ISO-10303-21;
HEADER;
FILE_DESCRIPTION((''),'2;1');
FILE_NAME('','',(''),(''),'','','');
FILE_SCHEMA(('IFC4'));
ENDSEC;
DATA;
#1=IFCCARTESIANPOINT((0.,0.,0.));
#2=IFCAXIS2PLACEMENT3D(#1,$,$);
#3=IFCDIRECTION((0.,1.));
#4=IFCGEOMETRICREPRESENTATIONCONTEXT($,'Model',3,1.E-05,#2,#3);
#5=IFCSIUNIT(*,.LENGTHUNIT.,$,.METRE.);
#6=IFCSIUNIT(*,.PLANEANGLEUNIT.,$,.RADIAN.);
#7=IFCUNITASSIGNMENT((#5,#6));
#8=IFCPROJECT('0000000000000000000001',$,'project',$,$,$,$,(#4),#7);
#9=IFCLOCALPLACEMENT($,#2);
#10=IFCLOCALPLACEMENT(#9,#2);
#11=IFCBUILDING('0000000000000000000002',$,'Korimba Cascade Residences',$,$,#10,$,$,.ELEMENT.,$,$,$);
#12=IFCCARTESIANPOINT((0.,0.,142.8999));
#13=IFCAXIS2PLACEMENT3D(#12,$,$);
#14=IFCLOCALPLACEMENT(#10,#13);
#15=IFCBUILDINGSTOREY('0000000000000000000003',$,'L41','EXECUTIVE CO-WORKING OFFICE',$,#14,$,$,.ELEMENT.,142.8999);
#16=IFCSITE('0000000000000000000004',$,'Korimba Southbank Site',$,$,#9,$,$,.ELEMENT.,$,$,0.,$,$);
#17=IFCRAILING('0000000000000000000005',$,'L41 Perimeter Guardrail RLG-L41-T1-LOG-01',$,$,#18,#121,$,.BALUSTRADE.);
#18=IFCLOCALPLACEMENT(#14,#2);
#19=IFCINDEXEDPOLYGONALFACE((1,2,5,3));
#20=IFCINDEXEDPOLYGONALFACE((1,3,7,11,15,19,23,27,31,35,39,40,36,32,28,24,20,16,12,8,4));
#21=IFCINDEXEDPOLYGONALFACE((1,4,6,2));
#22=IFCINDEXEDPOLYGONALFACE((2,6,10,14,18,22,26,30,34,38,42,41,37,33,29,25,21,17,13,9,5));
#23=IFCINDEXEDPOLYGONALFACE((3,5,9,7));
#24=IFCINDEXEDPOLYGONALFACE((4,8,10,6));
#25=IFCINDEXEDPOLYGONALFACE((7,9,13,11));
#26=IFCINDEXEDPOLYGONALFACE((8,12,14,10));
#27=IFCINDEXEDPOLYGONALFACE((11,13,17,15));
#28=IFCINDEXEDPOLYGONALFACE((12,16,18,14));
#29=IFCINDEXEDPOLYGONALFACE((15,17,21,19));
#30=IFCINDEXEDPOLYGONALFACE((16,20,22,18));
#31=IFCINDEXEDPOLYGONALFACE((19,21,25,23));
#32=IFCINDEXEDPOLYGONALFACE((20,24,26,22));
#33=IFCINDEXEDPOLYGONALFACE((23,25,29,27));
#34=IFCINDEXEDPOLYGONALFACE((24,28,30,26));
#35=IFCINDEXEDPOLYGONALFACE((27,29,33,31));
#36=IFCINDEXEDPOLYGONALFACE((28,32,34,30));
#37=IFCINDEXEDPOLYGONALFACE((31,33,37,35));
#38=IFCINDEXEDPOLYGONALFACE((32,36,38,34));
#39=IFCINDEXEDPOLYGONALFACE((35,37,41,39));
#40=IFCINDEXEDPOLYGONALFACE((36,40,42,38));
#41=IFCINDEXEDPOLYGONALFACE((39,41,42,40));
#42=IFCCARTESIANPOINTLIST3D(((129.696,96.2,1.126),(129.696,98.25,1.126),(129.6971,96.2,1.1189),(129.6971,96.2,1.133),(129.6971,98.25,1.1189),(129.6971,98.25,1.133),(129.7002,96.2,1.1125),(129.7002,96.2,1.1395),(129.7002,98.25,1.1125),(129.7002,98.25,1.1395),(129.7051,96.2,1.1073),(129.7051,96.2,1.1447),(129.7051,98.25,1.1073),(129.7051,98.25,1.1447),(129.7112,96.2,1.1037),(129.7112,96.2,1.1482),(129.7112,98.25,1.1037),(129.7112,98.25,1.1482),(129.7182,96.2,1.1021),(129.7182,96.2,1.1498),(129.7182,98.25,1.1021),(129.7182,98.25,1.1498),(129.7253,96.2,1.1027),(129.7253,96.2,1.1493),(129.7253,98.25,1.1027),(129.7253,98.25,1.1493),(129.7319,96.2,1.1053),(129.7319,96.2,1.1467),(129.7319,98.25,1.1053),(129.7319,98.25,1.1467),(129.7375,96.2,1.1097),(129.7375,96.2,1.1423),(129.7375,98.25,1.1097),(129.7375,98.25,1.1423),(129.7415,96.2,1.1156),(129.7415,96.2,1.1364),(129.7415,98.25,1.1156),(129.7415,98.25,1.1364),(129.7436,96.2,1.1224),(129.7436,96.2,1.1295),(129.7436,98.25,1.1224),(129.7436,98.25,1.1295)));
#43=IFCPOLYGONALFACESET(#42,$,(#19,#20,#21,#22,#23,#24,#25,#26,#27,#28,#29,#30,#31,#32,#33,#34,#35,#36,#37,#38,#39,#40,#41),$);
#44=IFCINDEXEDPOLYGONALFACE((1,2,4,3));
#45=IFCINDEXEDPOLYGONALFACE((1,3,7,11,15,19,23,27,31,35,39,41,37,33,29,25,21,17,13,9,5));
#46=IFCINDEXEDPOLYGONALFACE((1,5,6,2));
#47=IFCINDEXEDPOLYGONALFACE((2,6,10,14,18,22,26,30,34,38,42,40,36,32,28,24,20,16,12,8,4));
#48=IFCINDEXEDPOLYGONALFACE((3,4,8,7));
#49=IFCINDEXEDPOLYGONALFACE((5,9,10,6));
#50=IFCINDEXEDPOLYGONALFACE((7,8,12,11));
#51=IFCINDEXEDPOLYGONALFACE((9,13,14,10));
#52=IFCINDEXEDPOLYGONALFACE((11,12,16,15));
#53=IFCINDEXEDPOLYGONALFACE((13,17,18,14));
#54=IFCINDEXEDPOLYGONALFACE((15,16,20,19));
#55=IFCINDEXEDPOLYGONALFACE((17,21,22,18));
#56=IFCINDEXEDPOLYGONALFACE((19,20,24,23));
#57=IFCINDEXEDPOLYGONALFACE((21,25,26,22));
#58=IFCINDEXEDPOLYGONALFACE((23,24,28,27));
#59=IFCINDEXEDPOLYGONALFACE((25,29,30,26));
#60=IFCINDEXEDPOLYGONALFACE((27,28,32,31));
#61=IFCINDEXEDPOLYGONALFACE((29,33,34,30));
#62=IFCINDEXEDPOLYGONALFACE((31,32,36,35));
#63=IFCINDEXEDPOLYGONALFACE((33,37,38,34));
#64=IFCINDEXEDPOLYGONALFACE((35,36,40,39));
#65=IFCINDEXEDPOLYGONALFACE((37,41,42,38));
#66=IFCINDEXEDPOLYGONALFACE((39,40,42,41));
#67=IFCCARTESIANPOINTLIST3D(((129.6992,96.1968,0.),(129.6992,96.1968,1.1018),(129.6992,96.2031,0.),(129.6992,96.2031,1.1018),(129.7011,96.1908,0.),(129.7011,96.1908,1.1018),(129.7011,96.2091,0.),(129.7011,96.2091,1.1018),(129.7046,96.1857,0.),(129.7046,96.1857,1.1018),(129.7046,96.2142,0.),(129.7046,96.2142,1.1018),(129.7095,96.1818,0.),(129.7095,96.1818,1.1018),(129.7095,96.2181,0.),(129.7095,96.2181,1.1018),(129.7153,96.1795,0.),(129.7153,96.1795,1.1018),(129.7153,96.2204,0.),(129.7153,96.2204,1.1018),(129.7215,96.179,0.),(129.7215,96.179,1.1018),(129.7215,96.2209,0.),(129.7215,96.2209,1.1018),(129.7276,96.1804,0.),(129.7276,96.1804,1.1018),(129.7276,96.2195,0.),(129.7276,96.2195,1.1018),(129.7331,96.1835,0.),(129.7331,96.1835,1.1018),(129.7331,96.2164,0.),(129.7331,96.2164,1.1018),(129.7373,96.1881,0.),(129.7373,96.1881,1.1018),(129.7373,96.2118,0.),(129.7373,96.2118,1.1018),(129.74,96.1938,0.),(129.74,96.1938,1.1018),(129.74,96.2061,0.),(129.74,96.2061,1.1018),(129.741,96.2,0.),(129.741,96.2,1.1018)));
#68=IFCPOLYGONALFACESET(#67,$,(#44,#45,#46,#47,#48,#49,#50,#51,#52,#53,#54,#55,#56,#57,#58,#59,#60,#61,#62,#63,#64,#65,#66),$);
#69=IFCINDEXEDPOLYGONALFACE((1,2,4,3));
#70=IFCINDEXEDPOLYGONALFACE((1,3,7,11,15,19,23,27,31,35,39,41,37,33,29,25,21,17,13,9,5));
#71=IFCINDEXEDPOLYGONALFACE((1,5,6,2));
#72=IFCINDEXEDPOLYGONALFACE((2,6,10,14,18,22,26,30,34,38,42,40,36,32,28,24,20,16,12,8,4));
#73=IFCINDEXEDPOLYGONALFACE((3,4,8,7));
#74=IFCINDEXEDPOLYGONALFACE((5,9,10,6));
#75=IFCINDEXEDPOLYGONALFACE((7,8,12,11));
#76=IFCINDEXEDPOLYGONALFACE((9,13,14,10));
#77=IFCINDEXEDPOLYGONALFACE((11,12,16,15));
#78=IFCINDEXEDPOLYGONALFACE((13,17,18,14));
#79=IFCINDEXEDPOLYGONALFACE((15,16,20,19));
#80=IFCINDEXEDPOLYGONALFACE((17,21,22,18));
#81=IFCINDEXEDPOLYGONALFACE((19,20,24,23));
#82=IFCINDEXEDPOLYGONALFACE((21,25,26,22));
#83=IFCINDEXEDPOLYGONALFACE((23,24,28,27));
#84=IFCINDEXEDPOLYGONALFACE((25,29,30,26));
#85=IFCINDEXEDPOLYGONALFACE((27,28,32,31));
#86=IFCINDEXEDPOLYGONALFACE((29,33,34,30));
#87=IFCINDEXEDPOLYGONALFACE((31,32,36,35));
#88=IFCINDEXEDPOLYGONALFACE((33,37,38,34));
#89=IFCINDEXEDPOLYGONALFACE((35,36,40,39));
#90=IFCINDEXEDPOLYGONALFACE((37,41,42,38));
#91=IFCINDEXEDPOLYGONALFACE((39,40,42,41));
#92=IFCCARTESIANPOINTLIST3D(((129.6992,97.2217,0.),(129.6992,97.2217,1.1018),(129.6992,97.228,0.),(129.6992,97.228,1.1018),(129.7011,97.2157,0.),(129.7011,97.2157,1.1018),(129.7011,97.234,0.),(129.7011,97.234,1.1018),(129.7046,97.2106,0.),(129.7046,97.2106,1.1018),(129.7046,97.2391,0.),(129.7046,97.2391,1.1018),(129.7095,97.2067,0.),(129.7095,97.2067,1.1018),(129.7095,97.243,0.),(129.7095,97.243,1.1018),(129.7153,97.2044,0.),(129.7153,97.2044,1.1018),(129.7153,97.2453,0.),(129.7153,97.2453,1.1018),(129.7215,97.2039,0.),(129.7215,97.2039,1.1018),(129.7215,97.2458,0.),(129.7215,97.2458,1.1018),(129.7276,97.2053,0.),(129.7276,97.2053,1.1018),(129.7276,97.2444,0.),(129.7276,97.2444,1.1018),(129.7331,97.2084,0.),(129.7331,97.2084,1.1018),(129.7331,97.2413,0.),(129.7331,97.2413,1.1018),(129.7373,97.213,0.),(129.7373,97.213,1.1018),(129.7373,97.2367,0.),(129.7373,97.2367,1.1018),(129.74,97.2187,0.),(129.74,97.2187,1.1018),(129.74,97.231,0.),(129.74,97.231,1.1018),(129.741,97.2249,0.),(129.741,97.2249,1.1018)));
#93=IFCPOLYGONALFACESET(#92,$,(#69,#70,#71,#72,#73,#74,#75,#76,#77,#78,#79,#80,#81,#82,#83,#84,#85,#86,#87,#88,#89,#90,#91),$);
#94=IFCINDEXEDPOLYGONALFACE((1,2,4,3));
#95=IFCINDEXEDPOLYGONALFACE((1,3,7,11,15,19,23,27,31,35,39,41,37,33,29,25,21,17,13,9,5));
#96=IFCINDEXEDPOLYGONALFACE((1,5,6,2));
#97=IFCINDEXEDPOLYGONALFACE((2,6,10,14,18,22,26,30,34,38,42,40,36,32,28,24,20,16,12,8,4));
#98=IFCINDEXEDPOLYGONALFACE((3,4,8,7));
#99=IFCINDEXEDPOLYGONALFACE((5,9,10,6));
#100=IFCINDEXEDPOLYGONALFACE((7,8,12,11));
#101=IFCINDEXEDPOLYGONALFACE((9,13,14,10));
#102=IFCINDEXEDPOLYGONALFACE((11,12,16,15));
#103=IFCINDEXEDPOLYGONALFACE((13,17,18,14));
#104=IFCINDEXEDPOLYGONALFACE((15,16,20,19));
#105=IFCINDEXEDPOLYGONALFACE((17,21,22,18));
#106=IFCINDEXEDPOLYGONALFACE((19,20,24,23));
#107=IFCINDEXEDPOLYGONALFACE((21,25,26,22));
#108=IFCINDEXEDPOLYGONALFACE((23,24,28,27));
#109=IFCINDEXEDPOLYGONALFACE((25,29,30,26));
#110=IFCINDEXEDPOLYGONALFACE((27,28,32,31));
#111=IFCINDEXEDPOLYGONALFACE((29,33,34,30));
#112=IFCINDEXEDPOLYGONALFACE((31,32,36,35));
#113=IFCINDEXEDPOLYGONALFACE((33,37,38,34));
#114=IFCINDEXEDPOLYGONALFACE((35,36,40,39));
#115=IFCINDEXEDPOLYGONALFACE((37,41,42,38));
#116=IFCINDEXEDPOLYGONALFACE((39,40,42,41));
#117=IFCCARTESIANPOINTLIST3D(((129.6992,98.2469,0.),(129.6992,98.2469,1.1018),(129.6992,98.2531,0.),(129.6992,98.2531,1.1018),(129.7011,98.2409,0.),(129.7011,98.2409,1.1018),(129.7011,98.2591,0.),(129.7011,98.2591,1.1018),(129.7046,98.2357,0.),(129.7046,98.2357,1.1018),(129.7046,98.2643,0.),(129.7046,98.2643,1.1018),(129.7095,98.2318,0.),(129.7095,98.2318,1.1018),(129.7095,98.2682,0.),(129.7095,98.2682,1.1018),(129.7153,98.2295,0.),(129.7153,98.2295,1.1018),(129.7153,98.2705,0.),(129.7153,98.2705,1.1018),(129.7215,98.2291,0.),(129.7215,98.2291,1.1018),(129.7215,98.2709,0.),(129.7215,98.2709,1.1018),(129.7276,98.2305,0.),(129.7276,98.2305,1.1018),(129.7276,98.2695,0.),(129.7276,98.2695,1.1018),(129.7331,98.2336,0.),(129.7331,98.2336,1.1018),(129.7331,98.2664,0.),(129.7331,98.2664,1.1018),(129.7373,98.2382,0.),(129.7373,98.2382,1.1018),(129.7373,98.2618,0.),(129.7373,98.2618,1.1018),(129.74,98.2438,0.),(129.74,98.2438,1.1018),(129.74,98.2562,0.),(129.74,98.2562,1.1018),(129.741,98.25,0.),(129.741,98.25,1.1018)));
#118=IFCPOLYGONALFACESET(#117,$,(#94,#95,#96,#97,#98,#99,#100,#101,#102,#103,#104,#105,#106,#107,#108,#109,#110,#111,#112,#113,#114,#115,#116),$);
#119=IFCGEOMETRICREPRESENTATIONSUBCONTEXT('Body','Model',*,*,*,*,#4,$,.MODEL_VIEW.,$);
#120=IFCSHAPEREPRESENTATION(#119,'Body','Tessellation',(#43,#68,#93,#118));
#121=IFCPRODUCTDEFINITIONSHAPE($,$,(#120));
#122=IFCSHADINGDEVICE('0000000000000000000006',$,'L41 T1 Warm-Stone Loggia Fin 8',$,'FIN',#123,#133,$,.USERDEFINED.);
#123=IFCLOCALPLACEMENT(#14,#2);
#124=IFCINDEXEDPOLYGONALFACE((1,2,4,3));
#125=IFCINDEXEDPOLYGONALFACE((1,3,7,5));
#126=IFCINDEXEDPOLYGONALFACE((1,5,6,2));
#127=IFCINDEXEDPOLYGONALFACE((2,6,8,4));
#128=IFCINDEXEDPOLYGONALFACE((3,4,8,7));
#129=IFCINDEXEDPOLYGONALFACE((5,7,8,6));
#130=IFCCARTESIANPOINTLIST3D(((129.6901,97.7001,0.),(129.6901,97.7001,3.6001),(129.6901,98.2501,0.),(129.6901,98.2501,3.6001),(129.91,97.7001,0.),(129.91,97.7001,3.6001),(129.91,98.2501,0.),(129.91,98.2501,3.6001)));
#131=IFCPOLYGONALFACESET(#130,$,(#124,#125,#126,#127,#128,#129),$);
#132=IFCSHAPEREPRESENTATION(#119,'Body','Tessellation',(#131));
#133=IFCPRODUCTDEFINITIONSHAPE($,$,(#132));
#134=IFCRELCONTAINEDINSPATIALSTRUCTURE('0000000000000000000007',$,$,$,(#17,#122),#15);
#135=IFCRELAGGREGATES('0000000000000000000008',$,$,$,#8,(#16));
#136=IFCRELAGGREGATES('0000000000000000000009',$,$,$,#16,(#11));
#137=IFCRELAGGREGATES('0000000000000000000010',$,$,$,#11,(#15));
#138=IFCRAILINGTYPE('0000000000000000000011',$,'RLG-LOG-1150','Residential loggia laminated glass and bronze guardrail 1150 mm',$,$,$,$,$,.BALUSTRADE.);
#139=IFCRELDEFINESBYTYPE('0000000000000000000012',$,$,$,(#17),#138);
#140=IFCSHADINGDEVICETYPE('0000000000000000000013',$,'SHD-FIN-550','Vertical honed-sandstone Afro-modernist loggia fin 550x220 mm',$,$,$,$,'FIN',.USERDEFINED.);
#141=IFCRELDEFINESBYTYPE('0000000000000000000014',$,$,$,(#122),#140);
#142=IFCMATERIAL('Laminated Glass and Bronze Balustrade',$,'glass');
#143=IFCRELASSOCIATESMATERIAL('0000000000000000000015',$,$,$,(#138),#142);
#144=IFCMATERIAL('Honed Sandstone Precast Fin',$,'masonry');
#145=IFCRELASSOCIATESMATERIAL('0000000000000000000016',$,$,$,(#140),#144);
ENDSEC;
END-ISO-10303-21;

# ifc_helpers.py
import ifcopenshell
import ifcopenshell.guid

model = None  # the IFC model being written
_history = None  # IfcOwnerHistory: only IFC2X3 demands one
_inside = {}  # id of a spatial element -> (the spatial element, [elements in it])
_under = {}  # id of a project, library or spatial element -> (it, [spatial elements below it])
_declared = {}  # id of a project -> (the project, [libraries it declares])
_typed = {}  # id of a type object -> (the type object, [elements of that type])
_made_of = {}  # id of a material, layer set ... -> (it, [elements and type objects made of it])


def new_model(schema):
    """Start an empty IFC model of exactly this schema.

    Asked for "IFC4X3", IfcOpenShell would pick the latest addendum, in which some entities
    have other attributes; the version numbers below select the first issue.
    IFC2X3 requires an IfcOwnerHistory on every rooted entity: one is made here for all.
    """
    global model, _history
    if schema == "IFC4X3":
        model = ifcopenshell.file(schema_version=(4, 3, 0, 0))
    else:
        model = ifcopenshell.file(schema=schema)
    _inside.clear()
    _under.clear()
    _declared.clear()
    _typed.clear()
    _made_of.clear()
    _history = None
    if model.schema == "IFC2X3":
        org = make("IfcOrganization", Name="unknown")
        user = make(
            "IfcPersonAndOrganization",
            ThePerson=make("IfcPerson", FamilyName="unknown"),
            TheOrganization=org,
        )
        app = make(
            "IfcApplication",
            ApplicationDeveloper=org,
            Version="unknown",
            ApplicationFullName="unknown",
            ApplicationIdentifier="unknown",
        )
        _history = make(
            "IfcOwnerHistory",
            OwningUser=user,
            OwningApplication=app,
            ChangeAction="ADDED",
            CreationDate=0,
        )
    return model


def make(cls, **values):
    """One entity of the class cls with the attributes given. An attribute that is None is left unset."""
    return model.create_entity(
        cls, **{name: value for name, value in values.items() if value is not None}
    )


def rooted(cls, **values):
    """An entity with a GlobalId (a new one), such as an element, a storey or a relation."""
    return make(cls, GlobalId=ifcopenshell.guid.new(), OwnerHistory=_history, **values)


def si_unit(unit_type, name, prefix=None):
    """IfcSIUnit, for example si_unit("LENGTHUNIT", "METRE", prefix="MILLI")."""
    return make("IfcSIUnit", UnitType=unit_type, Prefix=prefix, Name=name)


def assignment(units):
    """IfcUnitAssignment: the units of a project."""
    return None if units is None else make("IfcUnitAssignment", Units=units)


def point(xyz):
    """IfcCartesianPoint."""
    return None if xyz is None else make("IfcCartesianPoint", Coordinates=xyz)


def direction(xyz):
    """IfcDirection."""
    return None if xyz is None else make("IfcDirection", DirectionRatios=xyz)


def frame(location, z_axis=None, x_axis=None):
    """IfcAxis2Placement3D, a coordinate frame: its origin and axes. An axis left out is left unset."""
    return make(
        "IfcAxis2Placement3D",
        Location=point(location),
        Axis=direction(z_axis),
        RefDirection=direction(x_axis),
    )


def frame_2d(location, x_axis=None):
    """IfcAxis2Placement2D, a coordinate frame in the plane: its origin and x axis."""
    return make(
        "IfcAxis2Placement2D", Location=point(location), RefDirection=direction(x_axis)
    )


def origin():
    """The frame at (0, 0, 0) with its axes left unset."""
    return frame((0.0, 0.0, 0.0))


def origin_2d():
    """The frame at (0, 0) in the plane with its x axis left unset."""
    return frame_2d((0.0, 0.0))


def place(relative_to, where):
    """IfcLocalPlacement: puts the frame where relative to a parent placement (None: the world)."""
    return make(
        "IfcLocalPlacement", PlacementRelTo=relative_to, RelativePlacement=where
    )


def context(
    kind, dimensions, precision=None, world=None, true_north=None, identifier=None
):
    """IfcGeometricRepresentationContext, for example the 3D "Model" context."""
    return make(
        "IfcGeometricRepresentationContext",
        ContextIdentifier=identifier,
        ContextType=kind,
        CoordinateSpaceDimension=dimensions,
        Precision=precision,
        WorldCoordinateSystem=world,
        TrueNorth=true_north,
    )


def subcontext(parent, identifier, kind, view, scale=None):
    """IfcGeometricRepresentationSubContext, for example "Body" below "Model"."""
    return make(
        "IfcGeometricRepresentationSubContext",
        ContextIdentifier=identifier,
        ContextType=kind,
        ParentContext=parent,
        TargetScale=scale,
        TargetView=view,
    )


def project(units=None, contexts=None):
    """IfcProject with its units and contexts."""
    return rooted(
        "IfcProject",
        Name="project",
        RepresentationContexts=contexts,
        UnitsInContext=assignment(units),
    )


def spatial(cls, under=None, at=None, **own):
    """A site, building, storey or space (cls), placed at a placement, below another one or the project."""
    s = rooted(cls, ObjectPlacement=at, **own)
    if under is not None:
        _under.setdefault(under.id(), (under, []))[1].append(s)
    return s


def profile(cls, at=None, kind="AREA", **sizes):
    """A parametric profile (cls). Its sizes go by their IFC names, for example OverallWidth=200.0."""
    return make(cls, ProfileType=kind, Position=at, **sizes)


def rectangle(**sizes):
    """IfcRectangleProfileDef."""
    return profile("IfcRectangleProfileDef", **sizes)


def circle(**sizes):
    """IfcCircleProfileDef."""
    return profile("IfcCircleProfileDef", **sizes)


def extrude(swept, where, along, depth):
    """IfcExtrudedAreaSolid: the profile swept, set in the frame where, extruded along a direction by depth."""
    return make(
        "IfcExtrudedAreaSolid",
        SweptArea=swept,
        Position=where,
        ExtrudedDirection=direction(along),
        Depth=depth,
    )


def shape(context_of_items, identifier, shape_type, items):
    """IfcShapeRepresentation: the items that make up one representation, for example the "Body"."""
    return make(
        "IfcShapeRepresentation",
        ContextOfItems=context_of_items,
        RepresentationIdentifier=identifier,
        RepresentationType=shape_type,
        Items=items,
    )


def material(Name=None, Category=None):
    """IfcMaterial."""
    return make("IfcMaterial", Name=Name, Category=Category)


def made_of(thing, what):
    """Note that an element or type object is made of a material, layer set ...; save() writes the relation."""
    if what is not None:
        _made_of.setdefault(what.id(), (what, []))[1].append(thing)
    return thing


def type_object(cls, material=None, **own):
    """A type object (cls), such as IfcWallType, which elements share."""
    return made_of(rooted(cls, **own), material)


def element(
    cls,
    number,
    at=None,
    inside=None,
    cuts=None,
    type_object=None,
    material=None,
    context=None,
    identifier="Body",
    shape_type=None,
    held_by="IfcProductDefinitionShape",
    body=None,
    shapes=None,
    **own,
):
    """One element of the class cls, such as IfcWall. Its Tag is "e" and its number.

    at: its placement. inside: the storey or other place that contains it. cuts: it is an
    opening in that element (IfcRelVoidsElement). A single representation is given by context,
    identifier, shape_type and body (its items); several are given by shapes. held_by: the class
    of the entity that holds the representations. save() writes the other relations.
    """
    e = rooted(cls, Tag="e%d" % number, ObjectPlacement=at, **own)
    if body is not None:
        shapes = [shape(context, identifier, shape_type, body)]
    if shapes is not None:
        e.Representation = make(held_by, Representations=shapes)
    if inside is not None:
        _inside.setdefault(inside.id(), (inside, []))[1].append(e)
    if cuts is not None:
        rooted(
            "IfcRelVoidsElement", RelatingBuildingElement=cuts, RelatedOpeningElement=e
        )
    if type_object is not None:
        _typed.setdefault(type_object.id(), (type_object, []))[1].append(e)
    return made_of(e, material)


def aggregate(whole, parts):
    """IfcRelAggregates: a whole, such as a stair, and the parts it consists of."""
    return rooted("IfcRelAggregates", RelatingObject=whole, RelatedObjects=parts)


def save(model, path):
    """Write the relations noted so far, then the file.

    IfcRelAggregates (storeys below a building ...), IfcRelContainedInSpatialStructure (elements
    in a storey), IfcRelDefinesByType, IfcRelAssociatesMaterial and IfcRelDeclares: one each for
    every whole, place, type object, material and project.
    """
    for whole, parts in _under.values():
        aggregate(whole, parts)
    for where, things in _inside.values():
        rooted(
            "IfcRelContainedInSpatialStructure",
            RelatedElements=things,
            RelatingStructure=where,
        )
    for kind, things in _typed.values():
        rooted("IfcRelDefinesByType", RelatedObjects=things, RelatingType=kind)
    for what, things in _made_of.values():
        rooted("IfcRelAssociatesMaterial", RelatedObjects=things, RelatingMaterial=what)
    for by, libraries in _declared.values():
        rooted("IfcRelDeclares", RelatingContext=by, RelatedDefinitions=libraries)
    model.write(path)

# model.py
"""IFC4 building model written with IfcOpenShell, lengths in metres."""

from ifc_helpers import new_model, si_unit, direction, frame, origin, origin_2d, place, context, subcontext, project, spatial, rectangle, circle, extrude, material, type_object, element, save


model = new_model("IFC4")

# Units and contexts
model_context = context("Model", 3, precision=1e-05, world=origin(), true_north=direction((0.0, 1.0)))
body_context = subcontext(model_context, "Body", "Model", "MODEL_VIEW")
ifc_project = project(units=[si_unit("LENGTHUNIT", "METRE"), si_unit("PLANEANGLEUNIT", "RADIAN")], contexts=[model_context])

# Site, building, storey
site_placement = place(None, origin())
site = spatial("IfcSite", under=ifc_project, at=site_placement, Name="Korimba Southbank Site", CompositionType="ELEMENT", RefElevation=0.0)
building_placement = place(site_placement, origin())
building = spatial("IfcBuilding", under=site, at=building_placement, Name="Korimba Cascade Residences", CompositionType="ELEMENT")
storey_placement = place(building_placement, frame((0.0, 0.0, 142.8999)))
storey = spatial("IfcBuildingStorey", under=building, at=storey_placement, Name="L41", Description="EXECUTIVE CO-WORKING OFFICE", CompositionType="ELEMENT", Elevation=142.8999)

# Railing
ifc_material_1 = material(Name="Laminated Glass and Bronze Balustrade", Category="glass")
railing_type = type_object("IfcRailingType", Name="RLG-LOG-1150", Description="Residential loggia laminated glass and bronze guardrail 1150 mm", PredefinedType="BALUSTRADE", material=ifc_material_1)
railing_1_placement = place(storey_placement, frame((129.72, 96.2, 0.0)))
element("IfcRailing", 1, at=railing_1_placement, inside=storey, type_object=railing_type, Name="L41 Perimeter Guardrail RLG-L41-T1-LOG-01", PredefinedType="BALUSTRADE", context=body_context, shape_type="SweptSolid", body=[
    extrude(circle(Radius=0.0239, at=origin_2d()), frame((0.0, 0.0, 1.126), z_axis=(0.0, 1.0, 0.0), x_axis=(-1.0, 0.0, 0.0)), (0.0, 0.0, 1.0), 2.05),
    extrude(circle(Radius=0.021, at=origin_2d()), origin(), (0.0, 0.0, 1.0), 1.1018),
    extrude(circle(Radius=0.021, at=origin_2d()), frame((0.0, 1.0249, 0.0)), (0.0, 0.0, 1.0), 1.1018),
    extrude(circle(Radius=0.021, at=origin_2d()), frame((0.0, 2.05, 0.0)), (0.0, 0.0, 1.0), 1.1018),
])

# Shading device
ifc_material_2 = material(Name="Honed Sandstone Precast Fin", Category="masonry")
shading_device_type = type_object("IfcShadingDeviceType", Name="SHD-FIN-550", Description="Vertical honed-sandstone Afro-modernist loggia fin 550x220 mm", ElementType="FIN", PredefinedType="USERDEFINED", material=ifc_material_2)
shading_device_placement = place(storey_placement, frame((129.8, 97.9751, 0.0), z_axis=(0.0, 0.0, 1.0), x_axis=(1.0, 0.0, 0.0)))
element("IfcShadingDevice", 2, at=shading_device_placement, inside=storey, type_object=shading_device_type, Name="L41 T1 Warm-Stone Loggia Fin 8", ObjectType="FIN", PredefinedType="USERDEFINED", context=body_context, shape_type="SweptSolid", body=[
    extrude(rectangle(XDim=0.22, YDim=0.55, at=origin_2d()), origin(), (0.0, 0.0, 1.0), 3.6001),
])

save(model, "model.ifc")
